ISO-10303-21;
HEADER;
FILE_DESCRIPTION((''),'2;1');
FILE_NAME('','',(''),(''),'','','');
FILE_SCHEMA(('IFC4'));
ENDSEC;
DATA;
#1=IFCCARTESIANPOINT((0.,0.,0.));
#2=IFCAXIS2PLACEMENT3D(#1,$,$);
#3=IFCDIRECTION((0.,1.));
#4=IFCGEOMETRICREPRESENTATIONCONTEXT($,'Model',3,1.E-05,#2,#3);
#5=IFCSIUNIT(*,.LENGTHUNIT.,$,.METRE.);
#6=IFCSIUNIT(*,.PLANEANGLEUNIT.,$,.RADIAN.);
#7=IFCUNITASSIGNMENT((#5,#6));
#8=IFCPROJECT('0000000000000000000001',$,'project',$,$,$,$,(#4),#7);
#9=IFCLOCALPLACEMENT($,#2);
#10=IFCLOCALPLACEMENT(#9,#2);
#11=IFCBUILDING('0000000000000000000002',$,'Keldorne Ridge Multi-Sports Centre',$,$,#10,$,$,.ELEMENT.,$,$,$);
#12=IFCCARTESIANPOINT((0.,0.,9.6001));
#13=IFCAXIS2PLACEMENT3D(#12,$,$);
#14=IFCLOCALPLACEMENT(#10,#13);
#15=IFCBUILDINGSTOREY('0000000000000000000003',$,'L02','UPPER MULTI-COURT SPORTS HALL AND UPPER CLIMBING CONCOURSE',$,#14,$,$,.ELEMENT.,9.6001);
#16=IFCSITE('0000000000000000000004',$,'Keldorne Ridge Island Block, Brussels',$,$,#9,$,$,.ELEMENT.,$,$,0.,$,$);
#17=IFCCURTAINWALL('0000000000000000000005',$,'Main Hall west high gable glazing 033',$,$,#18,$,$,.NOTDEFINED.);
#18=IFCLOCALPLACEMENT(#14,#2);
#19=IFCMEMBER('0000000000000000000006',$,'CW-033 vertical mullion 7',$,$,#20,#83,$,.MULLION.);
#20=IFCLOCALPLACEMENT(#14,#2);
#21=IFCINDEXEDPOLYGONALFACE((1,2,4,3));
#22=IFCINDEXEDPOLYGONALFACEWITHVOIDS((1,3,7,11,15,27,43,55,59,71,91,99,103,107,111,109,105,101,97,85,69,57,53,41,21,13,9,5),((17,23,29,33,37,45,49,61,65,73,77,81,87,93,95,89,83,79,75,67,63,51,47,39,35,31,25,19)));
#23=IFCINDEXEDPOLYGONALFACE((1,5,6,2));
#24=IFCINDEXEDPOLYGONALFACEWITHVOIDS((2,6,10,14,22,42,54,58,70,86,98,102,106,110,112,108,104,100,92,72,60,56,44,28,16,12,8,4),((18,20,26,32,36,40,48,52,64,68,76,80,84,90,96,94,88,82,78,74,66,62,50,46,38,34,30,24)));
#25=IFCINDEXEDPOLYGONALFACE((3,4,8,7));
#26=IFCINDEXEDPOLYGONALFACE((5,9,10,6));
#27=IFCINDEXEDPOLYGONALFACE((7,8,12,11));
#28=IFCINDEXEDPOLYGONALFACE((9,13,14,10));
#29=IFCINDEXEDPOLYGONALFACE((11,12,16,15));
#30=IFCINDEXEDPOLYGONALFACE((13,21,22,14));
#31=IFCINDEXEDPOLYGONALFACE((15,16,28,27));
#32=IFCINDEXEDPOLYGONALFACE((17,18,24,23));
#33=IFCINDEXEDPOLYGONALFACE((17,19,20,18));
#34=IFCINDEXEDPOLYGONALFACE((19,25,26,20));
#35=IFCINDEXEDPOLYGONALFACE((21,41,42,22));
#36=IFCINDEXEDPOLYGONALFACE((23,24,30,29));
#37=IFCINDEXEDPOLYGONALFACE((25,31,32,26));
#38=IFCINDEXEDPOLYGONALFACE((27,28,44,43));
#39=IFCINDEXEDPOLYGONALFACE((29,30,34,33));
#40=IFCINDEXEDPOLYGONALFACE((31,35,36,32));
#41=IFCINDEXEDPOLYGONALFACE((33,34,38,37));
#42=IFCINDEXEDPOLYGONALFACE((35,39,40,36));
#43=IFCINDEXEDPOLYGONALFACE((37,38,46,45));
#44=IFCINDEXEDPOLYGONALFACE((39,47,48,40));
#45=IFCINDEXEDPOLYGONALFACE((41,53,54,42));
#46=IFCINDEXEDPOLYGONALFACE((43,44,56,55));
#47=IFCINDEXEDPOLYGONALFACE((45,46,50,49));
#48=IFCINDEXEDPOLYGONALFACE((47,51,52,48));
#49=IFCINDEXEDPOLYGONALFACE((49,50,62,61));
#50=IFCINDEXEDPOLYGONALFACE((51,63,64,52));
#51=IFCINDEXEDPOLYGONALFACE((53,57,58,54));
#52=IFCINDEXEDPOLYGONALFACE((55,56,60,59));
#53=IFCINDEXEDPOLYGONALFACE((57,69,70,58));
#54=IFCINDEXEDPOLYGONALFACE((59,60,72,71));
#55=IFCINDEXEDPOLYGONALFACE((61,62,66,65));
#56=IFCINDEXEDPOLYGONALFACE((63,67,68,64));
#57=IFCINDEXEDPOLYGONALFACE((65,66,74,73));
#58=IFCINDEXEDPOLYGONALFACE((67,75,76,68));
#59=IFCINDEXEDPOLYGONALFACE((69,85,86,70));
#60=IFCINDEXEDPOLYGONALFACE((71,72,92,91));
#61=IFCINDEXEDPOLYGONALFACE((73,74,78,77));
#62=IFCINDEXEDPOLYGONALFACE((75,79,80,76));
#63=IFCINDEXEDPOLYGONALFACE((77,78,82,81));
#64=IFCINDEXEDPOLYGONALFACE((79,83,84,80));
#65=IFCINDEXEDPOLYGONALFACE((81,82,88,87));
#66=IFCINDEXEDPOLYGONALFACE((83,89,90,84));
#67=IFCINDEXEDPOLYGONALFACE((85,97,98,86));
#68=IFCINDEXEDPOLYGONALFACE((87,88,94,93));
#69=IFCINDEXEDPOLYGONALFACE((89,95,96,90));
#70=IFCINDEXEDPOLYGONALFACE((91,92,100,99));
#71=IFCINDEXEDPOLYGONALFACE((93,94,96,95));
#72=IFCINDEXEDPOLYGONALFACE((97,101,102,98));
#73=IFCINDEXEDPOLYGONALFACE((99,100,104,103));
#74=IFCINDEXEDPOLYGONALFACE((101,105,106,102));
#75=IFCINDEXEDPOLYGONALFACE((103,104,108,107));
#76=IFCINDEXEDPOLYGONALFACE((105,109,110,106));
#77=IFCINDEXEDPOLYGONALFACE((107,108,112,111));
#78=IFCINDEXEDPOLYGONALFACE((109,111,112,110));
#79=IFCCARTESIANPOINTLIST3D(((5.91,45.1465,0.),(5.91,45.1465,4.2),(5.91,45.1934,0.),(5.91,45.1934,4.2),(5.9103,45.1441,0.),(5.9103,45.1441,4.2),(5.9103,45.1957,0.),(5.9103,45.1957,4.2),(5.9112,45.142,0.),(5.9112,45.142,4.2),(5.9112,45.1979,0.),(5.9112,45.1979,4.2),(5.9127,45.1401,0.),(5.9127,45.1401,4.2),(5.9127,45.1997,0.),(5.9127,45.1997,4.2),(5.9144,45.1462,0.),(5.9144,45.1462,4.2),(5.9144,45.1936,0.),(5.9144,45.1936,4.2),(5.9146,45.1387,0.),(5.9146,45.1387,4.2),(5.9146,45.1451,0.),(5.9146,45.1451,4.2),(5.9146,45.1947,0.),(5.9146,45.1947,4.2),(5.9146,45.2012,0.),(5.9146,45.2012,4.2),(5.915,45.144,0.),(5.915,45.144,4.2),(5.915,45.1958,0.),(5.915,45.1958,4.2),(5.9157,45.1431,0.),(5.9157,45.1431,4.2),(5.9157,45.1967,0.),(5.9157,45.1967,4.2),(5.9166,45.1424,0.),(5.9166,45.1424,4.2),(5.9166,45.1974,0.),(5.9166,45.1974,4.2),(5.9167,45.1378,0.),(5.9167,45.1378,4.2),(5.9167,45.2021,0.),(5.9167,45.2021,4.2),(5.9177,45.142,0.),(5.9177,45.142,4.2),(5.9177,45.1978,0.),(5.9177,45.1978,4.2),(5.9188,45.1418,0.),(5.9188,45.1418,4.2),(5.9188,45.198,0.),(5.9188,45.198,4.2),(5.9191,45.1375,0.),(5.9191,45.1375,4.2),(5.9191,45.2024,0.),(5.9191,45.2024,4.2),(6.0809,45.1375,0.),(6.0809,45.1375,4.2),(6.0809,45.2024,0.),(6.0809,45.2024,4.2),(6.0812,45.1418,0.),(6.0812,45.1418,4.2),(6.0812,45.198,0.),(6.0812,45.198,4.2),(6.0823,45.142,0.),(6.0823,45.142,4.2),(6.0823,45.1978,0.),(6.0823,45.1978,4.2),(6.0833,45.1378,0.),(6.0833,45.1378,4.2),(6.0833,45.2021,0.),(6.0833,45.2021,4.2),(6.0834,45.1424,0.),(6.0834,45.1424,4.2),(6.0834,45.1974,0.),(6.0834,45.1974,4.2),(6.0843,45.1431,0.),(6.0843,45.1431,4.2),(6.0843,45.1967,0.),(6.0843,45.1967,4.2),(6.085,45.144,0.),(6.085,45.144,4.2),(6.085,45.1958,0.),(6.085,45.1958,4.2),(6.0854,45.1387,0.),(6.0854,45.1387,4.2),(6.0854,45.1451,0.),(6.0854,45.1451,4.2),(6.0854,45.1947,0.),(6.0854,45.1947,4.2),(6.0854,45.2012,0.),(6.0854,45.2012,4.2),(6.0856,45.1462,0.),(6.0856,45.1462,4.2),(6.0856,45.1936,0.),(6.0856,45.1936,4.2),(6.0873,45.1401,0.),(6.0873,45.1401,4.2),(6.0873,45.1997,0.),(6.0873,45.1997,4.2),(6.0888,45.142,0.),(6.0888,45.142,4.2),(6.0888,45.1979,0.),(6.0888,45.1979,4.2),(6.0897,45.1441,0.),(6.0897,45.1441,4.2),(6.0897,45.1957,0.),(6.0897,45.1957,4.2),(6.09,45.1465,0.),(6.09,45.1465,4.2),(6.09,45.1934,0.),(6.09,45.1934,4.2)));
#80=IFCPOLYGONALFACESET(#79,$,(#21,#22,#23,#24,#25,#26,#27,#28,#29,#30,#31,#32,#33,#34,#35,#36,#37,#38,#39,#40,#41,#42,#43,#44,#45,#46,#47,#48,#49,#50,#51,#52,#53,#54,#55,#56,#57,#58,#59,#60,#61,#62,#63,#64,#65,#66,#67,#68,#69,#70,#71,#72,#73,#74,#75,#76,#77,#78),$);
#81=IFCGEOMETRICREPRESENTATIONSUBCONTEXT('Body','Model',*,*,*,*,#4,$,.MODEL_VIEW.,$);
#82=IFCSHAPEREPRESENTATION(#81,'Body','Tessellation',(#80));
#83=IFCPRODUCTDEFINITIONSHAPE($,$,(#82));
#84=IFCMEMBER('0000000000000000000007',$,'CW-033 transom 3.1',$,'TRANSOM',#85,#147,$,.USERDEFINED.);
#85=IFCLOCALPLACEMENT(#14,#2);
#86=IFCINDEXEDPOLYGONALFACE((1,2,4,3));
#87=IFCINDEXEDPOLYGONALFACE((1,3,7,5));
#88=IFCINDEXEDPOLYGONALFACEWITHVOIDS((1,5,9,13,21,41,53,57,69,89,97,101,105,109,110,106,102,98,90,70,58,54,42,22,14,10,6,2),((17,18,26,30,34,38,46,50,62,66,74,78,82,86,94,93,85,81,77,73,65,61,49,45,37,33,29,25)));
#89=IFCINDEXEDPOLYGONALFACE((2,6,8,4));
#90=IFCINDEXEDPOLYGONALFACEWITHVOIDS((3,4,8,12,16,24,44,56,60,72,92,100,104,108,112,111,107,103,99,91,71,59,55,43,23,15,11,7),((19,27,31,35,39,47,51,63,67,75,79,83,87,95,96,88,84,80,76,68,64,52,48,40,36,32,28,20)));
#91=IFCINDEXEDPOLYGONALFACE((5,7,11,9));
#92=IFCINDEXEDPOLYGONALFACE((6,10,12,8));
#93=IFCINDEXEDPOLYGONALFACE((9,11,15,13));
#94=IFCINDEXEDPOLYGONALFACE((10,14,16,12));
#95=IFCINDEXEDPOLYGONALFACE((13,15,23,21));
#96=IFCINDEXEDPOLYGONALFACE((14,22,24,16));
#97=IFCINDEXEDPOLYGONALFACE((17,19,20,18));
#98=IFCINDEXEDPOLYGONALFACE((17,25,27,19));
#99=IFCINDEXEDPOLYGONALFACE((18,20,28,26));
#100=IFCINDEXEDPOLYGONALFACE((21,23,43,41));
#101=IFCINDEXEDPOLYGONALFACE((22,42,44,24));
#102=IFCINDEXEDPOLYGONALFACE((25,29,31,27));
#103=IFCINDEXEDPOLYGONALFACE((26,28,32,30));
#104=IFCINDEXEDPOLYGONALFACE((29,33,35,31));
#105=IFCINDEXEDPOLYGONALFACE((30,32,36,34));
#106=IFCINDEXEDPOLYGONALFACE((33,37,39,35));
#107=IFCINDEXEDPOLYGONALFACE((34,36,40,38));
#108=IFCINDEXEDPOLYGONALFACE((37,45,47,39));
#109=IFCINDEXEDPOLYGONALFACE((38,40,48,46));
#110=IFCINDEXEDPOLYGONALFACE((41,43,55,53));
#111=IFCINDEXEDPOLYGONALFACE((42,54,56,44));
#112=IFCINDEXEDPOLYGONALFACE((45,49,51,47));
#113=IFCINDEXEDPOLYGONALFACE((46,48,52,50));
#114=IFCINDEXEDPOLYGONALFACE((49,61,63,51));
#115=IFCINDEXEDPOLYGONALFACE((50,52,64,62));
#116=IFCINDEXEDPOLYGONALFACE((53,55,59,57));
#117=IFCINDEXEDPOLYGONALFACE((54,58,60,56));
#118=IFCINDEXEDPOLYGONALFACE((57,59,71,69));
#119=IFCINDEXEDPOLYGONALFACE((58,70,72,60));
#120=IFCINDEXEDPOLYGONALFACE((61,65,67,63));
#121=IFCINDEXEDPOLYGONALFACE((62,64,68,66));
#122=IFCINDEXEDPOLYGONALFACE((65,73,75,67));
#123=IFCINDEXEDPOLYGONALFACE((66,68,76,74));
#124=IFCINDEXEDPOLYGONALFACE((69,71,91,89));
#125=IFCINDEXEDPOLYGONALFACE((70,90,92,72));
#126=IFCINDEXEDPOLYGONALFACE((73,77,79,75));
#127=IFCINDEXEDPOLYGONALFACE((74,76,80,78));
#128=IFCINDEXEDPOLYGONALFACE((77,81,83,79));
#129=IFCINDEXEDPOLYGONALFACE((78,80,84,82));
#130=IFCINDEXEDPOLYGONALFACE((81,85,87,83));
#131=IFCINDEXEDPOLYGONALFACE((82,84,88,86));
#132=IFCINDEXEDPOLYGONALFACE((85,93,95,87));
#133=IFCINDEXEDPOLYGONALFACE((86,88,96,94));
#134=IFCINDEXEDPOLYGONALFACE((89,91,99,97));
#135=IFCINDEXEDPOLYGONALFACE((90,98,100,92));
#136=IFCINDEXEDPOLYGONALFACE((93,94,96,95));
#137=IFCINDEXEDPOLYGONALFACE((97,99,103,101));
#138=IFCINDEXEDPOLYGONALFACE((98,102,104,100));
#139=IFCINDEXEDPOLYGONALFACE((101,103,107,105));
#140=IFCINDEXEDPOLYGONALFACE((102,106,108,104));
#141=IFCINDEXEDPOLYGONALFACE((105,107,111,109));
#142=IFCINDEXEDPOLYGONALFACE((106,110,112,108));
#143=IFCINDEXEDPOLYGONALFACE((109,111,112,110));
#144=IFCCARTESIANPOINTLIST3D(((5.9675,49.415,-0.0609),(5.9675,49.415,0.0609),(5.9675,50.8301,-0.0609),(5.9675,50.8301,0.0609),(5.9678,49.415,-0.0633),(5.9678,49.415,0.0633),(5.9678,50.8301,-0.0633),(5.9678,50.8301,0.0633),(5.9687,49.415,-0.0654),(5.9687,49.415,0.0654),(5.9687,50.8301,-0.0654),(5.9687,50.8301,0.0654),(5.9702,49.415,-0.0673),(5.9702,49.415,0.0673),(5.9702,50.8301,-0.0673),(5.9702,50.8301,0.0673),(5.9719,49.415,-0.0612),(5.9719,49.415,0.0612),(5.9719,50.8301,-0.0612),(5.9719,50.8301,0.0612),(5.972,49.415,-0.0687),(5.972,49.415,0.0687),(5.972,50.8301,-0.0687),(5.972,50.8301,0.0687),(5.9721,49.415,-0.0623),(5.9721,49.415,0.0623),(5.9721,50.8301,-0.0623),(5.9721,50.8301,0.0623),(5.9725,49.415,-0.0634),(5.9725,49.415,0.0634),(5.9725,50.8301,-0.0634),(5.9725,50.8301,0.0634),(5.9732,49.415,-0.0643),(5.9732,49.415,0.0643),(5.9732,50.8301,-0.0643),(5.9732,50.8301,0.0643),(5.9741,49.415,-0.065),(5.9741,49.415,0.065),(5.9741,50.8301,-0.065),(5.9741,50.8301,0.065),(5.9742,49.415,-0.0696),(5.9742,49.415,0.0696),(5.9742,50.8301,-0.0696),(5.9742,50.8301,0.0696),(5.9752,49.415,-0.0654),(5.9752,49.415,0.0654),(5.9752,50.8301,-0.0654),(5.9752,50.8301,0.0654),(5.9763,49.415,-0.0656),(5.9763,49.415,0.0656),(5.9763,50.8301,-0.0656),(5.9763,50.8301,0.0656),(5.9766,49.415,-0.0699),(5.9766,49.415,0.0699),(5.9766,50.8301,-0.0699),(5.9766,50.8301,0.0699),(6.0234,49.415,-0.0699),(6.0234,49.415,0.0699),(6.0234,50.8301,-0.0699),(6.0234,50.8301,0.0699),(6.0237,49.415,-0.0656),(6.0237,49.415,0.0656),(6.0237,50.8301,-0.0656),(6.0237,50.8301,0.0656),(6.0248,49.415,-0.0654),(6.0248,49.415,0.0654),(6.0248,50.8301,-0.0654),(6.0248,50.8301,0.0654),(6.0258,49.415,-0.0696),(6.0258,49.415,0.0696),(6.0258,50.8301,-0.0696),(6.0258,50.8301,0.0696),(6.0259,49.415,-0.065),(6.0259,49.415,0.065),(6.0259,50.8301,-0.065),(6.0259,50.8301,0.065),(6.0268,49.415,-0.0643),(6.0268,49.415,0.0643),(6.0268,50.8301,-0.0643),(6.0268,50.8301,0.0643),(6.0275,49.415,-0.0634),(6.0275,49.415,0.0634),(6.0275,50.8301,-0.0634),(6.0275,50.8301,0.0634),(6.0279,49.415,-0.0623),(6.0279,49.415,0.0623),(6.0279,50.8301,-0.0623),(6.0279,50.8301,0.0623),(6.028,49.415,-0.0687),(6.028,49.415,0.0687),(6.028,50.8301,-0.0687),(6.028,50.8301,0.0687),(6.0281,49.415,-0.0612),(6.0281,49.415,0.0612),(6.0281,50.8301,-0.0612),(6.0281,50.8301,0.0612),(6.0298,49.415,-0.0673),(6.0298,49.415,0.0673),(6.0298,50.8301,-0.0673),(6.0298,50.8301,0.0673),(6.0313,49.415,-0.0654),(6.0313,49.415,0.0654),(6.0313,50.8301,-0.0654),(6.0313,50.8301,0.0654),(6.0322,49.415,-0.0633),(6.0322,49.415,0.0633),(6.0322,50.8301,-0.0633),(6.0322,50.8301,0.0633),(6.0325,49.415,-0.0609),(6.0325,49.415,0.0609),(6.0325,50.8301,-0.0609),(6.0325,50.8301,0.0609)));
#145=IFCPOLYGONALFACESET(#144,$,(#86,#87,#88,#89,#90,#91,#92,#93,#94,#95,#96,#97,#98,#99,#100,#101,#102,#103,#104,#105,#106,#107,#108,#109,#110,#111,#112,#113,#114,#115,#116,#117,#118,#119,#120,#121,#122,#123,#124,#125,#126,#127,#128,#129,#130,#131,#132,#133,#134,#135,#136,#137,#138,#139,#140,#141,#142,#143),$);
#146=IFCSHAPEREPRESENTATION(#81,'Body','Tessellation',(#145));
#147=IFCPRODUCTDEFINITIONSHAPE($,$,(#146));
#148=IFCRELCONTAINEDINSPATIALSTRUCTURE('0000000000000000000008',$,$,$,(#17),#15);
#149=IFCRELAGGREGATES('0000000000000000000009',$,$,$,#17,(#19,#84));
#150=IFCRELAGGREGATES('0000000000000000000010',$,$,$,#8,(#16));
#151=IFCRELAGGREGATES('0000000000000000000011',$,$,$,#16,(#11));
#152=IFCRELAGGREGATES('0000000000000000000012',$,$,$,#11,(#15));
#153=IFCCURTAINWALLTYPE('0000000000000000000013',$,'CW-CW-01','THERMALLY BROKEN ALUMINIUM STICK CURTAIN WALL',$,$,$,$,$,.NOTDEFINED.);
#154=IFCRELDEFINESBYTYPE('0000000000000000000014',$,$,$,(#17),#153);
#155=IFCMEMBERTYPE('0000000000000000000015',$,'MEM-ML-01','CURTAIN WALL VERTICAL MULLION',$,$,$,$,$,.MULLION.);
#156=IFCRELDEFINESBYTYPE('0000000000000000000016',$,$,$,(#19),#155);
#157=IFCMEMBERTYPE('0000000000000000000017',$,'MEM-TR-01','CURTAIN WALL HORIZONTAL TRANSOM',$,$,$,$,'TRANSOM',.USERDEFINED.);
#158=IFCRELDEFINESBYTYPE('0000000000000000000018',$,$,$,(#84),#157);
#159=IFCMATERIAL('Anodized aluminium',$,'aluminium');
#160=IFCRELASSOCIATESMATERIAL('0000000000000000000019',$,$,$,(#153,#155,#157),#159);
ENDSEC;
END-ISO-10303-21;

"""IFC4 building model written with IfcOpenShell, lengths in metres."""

from ifc_helpers import new_model, si_unit, direction, frame, origin, origin_2d, place, context, subcontext, project, spatial, hollow_rectangle, extrude, material, material_profile, profile_set, type_object, element, aggregate, save


model = new_model("IFC4")

# Units and contexts
model_context = context("Model", 3, precision=1e-05, world=origin(), true_north=direction((0.0, 1.0)))
body_context = subcontext(model_context, "Body", "Model", "MODEL_VIEW")
ifc_project = project(units=[si_unit("LENGTHUNIT", "METRE"), si_unit("PLANEANGLEUNIT", "RADIAN")], contexts=[model_context])

# Site, building, storey
site_placement = place(None, origin())
site = spatial("IfcSite", under=ifc_project, at=site_placement, Name="Keldorne Ridge Island Block, Brussels", CompositionType="ELEMENT", RefElevation=0.0)
building_placement = place(site_placement, origin())
building = spatial("IfcBuilding", under=site, at=building_placement, Name="Keldorne Ridge Multi-Sports Centre", CompositionType="ELEMENT")
storey_placement = place(building_placement, frame((0.0, 0.0, 9.6001)))
storey = spatial("IfcBuildingStorey", under=building, at=storey_placement, Name="L02", Description="UPPER MULTI-COURT SPORTS HALL AND UPPER CLIMBING CONCOURSE", CompositionType="ELEMENT", Elevation=9.6001)

# Curtain wall, members
ifc_material_1 = material(Name="Anodized aluminium", Category="aluminium")
curtain_wall_type = type_object("IfcCurtainWallType", Name="CW-CW-01", Description="THERMALLY BROKEN ALUMINIUM STICK CURTAIN WALL", PredefinedType="NOTDEFINED", material=ifc_material_1)
curtain_wall_placement = place(storey_placement, origin())
curtain_wall = element("IfcCurtainWall", 1, at=curtain_wall_placement, inside=storey, type_object=curtain_wall_type, Name="Main Hall west high gable glazing 033", PredefinedType="NOTDEFINED")
ifc_material_profile_1 = material_profile(ifc_material_1, hollow_rectangle(XDim=0.0649, YDim=0.1799, WallThickness=0.0044, InnerFilletRadius=0.0044, OuterFilletRadius=0.009, at=origin_2d()), Name="ALU MULLION 180x65x4.5")
ifc_profile_set_1 = profile_set([ifc_material_profile_1], Name="Anodized aluminium")
member_type_1 = type_object("IfcMemberType", Name="MEM-ML-01", Description="CURTAIN WALL VERTICAL MULLION", PredefinedType="MULLION", material=ifc_profile_set_1)
member_1_placement = place(storey_placement, frame((6.0, 45.1699, 0.0), z_axis=(0.0, 0.0, 1.0), x_axis=(0.0, 1.0, 0.0)))
member_1 = element("IfcMember", 2, at=member_1_placement, type_object=member_type_1, Name="CW-033 vertical mullion 7", PredefinedType="MULLION", context=body_context, shape_type="SweptSolid", body=[
    extrude(hollow_rectangle(XDim=0.0649, YDim=0.1799, WallThickness=0.0044, InnerFilletRadius=0.0044, OuterFilletRadius=0.009, at=origin_2d()), origin(), (0.0, 0.0, 1.0), 4.2),
])
ifc_material_profile_2 = material_profile(ifc_material_1, hollow_rectangle(XDim=0.0649, YDim=0.1399, WallThickness=0.0044, InnerFilletRadius=0.0044, OuterFilletRadius=0.009, at=origin_2d()), Name="ALU TRANSOM 140x65x4.5")
ifc_profile_set_2 = profile_set([ifc_material_profile_2], Name="Anodized aluminium")
member_type_2 = type_object("IfcMemberType", Name="MEM-TR-01", Description="CURTAIN WALL HORIZONTAL TRANSOM", ElementType="TRANSOM", PredefinedType="USERDEFINED", material=ifc_profile_set_2)
member_2_placement = place(storey_placement, frame((6.0, 50.8301, 0.0), z_axis=(0.0, -1.0, 0.0), x_axis=(1.0, 0.0, 0.0)))
member_2 = element("IfcMember", 3, at=member_2_placement, type_object=member_type_2, Name="CW-033 transom 3.1", ObjectType="TRANSOM", PredefinedType="USERDEFINED", context=body_context, shape_type="SweptSolid", body=[
    extrude(hollow_rectangle(XDim=0.0649, YDim=0.1399, WallThickness=0.0044, InnerFilletRadius=0.0044, OuterFilletRadius=0.009, at=origin_2d()), origin(), (0.0, 0.0, 1.0), 1.415),
])
aggregate(curtain_wall, [member_1, member_2])

save(model, "model.ifc")
